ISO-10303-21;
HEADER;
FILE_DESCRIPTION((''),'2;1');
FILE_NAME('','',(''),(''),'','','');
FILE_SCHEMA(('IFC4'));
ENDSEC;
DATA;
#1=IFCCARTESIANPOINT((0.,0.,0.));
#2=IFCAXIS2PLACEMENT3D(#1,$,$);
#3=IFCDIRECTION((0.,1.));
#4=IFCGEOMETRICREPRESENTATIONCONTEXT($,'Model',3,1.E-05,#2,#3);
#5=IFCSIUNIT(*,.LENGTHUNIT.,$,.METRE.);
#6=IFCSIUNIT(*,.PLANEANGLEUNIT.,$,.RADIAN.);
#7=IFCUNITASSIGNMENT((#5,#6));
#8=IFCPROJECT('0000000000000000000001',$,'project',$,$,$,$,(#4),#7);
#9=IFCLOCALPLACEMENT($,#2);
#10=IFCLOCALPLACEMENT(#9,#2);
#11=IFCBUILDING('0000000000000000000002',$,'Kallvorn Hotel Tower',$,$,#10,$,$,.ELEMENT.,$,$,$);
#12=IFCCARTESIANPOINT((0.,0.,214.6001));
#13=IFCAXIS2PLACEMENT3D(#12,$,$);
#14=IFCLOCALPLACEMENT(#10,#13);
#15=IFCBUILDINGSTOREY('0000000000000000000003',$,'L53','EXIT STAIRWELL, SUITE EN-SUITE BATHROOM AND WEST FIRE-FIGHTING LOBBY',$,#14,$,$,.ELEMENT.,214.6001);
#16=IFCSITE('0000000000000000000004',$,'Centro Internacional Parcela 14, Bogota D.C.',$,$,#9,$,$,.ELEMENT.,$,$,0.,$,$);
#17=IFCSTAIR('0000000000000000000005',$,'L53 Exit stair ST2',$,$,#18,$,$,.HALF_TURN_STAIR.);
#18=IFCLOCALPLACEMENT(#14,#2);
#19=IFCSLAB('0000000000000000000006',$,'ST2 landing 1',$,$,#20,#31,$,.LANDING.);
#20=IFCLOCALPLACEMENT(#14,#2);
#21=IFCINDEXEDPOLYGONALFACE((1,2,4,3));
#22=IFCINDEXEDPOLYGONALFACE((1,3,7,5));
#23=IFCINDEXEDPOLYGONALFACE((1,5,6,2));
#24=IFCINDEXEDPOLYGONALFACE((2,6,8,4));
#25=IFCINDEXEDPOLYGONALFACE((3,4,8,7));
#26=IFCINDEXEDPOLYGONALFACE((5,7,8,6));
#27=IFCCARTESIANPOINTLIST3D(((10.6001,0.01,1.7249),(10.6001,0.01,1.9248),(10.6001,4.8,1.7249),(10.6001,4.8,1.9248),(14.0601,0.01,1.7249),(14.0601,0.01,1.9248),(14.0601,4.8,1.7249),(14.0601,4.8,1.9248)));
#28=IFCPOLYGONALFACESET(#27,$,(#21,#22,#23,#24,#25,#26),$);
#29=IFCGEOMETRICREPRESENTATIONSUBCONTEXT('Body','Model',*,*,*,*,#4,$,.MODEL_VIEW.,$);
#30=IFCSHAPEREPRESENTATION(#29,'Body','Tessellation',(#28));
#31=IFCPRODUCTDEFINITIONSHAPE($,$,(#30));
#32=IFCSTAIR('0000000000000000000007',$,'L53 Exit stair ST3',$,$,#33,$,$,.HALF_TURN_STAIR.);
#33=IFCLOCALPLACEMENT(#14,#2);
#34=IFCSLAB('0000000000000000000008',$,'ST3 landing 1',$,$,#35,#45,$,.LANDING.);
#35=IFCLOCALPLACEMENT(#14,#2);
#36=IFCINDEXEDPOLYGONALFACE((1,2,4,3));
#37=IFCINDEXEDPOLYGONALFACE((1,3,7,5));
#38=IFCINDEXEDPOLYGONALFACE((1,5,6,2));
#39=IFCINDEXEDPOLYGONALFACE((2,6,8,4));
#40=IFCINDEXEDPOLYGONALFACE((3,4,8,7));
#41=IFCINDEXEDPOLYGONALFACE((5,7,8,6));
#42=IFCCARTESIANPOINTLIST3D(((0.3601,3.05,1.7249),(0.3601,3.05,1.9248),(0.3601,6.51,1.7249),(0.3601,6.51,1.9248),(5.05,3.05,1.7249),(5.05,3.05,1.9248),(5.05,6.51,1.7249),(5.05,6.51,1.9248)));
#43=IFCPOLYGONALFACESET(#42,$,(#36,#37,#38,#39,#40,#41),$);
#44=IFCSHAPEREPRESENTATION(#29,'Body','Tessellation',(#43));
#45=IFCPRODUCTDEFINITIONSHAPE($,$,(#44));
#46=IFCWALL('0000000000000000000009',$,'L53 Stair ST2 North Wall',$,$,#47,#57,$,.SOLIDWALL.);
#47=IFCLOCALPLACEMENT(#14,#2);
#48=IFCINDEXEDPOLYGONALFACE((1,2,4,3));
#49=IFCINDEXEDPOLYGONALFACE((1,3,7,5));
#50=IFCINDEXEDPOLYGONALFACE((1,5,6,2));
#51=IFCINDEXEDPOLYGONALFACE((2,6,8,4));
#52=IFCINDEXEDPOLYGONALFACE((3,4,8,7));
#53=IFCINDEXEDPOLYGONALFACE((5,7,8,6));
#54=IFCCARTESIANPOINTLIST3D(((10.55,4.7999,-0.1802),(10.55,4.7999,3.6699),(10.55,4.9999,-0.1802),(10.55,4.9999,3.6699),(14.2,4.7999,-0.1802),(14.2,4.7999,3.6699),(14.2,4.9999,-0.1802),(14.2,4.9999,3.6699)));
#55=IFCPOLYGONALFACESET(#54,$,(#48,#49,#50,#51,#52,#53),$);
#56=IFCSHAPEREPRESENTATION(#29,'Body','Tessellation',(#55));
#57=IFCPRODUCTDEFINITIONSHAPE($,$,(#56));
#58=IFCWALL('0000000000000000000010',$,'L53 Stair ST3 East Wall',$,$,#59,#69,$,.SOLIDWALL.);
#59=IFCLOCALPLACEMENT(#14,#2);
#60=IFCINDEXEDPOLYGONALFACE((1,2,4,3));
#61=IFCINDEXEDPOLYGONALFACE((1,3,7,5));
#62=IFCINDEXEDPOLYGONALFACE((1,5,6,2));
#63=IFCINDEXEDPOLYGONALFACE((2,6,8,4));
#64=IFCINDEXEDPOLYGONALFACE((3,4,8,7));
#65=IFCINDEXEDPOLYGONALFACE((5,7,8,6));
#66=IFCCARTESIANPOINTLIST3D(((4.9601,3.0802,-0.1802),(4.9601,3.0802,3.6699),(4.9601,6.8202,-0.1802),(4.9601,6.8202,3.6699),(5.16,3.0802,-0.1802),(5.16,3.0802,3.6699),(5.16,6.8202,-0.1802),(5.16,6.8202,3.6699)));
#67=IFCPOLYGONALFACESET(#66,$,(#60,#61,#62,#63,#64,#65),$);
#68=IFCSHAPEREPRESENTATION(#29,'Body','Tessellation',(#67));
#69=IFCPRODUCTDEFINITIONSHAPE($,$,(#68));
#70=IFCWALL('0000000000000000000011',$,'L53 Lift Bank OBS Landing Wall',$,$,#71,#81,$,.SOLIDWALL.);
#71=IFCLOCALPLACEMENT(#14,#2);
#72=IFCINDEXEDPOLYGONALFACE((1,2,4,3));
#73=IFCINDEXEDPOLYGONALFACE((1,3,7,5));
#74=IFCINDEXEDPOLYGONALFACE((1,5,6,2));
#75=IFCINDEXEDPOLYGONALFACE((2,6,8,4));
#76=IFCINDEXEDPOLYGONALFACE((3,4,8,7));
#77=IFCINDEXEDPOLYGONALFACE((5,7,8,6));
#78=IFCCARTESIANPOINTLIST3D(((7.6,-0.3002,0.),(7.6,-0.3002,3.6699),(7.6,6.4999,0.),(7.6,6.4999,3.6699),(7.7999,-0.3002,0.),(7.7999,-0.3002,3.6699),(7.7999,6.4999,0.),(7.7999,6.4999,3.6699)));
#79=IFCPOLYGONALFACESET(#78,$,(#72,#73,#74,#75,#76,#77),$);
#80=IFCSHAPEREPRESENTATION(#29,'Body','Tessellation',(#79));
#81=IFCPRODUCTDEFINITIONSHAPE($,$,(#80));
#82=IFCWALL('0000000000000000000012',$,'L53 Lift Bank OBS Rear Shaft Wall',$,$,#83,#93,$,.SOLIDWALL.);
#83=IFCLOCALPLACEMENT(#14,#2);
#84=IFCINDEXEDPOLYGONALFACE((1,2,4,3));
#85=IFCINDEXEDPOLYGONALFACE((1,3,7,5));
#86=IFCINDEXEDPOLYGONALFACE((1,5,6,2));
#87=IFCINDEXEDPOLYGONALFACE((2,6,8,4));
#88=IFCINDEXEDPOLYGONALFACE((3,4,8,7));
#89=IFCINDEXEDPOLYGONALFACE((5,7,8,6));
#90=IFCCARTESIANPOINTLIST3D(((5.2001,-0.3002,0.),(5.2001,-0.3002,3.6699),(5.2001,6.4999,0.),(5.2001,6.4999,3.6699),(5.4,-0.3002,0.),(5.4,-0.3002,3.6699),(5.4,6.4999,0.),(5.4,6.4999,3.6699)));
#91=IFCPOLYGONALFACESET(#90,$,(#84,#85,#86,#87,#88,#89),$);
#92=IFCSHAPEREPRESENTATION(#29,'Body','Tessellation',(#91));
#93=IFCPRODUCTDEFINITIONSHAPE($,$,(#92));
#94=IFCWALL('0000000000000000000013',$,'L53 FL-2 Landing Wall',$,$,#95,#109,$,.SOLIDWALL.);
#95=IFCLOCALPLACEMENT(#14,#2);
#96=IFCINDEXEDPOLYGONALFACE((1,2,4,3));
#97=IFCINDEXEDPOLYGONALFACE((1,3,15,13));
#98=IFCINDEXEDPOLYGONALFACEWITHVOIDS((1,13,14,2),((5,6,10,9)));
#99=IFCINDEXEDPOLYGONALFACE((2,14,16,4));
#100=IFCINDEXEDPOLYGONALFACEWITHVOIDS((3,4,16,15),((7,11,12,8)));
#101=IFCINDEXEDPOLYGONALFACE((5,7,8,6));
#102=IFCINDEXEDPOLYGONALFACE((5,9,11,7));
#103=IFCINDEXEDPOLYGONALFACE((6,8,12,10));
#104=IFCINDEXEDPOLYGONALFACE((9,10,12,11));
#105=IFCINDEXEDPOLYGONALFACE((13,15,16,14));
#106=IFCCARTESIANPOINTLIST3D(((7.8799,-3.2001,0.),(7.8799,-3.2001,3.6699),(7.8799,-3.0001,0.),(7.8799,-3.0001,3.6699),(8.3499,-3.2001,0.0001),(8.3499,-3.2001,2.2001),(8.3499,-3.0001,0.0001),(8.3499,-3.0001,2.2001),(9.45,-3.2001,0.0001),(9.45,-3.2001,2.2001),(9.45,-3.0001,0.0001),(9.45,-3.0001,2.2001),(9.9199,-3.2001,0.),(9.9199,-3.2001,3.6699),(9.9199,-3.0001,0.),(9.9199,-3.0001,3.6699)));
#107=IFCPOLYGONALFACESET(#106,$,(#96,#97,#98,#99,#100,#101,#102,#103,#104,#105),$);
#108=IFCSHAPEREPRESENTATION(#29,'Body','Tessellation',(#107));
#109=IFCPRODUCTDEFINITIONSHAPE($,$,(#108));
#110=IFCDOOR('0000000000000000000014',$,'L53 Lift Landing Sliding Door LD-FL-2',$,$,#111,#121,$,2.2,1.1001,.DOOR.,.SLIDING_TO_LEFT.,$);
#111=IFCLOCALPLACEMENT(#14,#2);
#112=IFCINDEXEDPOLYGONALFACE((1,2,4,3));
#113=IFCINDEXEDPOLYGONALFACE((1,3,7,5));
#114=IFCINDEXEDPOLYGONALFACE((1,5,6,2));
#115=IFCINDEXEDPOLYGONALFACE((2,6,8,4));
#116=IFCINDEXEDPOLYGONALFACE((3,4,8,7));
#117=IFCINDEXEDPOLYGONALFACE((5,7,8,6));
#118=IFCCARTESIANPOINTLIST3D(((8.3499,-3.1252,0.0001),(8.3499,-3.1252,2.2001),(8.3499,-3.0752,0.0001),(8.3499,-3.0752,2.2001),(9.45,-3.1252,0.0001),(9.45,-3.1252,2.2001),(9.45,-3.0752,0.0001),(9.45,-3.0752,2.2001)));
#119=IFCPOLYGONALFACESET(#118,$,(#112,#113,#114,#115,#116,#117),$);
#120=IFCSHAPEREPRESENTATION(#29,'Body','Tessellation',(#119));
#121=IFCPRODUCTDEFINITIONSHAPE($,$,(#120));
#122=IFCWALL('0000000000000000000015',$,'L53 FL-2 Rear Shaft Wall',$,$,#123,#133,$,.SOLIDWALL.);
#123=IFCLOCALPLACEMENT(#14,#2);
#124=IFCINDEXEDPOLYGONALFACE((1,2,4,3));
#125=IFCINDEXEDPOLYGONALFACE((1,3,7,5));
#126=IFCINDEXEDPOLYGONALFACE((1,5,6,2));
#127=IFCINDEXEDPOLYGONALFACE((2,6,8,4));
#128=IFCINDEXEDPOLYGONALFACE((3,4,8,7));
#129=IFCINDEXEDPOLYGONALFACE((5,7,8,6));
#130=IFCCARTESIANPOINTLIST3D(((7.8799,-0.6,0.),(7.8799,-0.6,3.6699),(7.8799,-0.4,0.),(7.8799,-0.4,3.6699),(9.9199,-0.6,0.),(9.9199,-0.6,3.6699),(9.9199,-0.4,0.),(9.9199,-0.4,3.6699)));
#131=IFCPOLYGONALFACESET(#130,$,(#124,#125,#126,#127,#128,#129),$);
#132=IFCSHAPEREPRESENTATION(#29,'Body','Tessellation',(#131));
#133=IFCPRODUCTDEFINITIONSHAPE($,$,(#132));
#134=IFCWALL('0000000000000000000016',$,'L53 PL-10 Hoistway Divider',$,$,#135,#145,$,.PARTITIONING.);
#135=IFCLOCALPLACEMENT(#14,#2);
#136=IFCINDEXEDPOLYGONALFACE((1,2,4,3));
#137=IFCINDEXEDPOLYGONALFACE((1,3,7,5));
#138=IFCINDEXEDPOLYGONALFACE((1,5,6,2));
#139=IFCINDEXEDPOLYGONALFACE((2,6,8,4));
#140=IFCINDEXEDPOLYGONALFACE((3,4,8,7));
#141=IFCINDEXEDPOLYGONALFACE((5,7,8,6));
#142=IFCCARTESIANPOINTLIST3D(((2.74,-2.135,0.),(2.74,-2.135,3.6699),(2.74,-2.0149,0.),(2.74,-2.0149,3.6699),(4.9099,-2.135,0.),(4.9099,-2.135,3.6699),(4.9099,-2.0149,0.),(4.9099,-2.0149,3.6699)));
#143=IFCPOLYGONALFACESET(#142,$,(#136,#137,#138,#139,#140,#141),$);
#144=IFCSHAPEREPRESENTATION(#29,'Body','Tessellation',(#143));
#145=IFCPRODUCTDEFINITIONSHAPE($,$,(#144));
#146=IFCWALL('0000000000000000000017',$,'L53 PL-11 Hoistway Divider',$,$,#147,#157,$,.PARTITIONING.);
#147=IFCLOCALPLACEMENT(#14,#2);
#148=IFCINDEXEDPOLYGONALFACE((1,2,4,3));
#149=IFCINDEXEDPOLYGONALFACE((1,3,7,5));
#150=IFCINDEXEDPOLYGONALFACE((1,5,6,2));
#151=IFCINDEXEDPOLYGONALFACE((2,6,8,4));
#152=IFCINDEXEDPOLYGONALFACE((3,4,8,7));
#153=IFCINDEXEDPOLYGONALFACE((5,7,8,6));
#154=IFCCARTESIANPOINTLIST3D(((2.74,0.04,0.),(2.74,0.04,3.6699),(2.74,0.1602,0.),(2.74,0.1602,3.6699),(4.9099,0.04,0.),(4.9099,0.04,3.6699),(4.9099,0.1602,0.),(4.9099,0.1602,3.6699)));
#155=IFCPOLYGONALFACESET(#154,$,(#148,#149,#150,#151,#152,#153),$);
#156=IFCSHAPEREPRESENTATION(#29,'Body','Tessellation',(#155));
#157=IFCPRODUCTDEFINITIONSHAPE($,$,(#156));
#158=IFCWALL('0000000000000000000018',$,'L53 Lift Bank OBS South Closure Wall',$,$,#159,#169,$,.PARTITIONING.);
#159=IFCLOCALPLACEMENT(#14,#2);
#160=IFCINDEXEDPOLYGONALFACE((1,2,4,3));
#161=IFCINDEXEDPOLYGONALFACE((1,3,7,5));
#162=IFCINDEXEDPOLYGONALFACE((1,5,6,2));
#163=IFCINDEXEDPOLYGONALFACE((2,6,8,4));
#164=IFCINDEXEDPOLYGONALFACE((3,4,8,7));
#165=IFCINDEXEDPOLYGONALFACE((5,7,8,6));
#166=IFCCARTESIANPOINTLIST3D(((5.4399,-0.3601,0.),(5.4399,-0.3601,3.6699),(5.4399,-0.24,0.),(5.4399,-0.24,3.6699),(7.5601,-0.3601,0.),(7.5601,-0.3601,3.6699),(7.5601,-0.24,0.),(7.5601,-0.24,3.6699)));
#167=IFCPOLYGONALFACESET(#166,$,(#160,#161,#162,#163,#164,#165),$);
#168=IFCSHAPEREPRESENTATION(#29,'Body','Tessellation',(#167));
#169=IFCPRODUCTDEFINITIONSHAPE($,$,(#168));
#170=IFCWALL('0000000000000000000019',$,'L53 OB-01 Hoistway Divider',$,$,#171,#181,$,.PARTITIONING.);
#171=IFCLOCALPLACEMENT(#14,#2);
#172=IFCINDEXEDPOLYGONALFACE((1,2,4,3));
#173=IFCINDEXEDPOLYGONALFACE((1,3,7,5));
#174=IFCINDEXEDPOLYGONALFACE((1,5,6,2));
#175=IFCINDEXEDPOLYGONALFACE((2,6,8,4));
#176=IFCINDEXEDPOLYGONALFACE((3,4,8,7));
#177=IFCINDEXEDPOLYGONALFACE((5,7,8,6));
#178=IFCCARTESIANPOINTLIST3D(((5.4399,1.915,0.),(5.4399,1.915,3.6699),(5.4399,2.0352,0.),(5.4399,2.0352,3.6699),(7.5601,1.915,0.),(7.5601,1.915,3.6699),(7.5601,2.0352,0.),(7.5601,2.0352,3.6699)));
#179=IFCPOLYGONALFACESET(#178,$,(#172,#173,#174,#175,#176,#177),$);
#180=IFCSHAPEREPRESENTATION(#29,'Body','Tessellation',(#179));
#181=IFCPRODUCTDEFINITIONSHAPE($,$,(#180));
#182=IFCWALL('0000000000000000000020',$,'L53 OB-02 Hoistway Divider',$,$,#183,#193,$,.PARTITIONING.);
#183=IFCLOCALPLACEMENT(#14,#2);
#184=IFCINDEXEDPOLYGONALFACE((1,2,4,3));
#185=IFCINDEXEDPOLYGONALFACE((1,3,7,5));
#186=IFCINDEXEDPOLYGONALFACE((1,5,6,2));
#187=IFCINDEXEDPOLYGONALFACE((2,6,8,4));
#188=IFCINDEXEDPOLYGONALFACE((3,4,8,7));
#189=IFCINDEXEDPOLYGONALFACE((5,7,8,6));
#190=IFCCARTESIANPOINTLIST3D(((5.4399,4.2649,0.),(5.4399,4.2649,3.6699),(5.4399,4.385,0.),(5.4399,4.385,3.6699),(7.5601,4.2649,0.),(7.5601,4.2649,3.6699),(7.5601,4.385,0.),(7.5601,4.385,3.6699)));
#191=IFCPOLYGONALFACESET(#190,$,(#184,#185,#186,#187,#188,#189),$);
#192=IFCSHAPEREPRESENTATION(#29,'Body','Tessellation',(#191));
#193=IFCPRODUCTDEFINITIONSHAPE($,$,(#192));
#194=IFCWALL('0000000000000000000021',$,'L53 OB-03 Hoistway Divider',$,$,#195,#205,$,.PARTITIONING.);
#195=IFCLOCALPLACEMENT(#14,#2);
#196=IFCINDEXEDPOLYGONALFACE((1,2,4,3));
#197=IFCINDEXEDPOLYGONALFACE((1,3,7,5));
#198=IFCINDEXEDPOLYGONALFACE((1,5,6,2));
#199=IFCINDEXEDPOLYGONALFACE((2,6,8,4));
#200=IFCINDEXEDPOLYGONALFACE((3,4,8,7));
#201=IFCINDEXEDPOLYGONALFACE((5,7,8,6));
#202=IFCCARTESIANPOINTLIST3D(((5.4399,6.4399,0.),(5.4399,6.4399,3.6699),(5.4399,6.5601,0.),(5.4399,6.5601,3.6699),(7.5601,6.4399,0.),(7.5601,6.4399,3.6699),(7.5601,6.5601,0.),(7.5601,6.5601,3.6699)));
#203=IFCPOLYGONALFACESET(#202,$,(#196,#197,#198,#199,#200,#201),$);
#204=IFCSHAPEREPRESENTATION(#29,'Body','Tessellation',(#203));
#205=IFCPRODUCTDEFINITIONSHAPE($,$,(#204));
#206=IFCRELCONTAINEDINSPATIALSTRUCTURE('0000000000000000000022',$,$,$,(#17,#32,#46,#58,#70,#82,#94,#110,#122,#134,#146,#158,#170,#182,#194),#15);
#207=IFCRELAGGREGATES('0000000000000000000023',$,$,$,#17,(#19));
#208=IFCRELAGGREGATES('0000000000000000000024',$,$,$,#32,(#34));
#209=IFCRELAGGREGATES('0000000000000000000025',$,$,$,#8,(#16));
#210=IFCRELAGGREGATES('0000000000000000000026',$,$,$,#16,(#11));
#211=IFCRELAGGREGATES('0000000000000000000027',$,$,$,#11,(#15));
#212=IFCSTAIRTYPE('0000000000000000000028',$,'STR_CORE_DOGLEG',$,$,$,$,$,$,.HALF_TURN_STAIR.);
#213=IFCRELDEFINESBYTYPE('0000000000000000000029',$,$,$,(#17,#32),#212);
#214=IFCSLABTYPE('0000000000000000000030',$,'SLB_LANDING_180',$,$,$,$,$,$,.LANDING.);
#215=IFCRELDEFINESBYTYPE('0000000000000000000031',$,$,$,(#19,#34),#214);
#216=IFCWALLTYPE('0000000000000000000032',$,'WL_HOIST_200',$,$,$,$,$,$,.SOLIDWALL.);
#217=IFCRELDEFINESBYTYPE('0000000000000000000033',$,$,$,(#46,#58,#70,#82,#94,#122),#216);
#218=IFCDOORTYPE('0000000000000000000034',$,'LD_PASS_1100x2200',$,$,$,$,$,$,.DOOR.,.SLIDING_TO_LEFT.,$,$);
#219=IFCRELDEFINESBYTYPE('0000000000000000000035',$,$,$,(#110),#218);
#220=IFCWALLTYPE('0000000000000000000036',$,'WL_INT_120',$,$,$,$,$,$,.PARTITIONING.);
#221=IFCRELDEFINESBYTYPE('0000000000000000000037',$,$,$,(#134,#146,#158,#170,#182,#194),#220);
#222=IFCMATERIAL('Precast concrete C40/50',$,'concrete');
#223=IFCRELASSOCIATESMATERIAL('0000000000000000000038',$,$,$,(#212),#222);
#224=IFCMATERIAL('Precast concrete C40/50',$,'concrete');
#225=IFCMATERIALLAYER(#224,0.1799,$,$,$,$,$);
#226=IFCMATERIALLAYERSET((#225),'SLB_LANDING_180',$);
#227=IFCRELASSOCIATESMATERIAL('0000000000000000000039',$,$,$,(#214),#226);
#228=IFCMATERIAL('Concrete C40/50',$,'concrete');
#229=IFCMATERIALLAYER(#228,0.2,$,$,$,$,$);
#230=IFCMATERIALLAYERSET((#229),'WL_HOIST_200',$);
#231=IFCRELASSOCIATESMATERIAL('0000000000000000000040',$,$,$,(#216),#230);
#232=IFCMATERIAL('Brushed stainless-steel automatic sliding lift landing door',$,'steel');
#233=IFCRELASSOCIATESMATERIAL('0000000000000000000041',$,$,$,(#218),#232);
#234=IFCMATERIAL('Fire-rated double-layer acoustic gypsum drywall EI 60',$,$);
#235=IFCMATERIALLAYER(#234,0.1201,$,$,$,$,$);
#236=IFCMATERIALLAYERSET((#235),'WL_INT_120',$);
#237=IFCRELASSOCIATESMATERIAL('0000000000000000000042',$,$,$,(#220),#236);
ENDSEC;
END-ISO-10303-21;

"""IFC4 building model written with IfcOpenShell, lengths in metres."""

from ifc_helpers import new_model, si_unit, direction, frame, frame_2d, origin, place, context, subcontext, project, spatial, polyline, rectangle, outline, extrude, material, layer, layer_set, type_object, element, fill, aggregate, save


model = new_model("IFC4")

# Units and contexts
model_context = context("Model", 3, precision=1e-05, world=origin(), true_north=direction((0.0, 1.0)))
body_context = subcontext(model_context, "Body", "Model", "MODEL_VIEW")
ifc_project = project(units=[si_unit("LENGTHUNIT", "METRE"), si_unit("PLANEANGLEUNIT", "RADIAN")], contexts=[model_context])

# Site, building, storey
site_placement = place(None, origin())
site = spatial("IfcSite", under=ifc_project, at=site_placement, Name="Centro Internacional Parcela 14, Bogota D.C.", CompositionType="ELEMENT", RefElevation=0.0)
building_placement = place(site_placement, origin())
building = spatial("IfcBuilding", under=site, at=building_placement, Name="Kallvorn Hotel Tower", CompositionType="ELEMENT")
storey_placement = place(building_placement, frame((0.0, 0.0, 214.6001)))
storey = spatial("IfcBuildingStorey", under=building, at=storey_placement, Name="L53", Description="EXIT STAIRWELL, SUITE EN-SUITE BATHROOM AND WEST FIRE-FIGHTING LOBBY", CompositionType="ELEMENT", Elevation=214.6001)

# Stairs, slabs
ifc_material_1 = material(Name="Precast concrete C40/50", Category="concrete")
stair_type = type_object("IfcStairType", Name="STR_CORE_DOGLEG", PredefinedType="HALF_TURN_STAIR", material=ifc_material_1)
stair_1_placement = place(storey_placement, origin())
stair_1 = element("IfcStair", 1, at=stair_1_placement, inside=storey, type_object=stair_type, Name="L53 Exit stair ST2", PredefinedType="HALF_TURN_STAIR")
ifc_material_2 = material(Name="Precast concrete C40/50", Category="concrete")
ifc_layer_1 = layer(ifc_material_2, 0.1799)
ifc_layer_set_1 = layer_set([ifc_layer_1], Name="SLB_LANDING_180")
slab_type = type_object("IfcSlabType", Name="SLB_LANDING_180", PredefinedType="LANDING", material=ifc_layer_set_1)
slab_1_placement = place(storey_placement, frame((0.0, 0.0, 1.7249)))
slab_1 = element("IfcSlab", 2, at=slab_1_placement, type_object=slab_type, Name="ST2 landing 1", PredefinedType="LANDING", context=body_context, shape_type="SweptSolid", body=[
    extrude(outline(polyline([(14.0601, 0.01), (14.0601, 4.8), (10.6001, 4.8), (10.6001, 0.01), (14.0601, 0.01)])), origin(), (0.0, 0.0, 1.0), 0.2),
])
stair_2_placement = place(storey_placement, origin())
stair_2 = element("IfcStair", 3, at=stair_2_placement, inside=storey, type_object=stair_type, Name="L53 Exit stair ST3", PredefinedType="HALF_TURN_STAIR")
slab_2_placement = place(storey_placement, frame((0.0, 0.0, 1.7249)))
slab_2 = element("IfcSlab", 4, at=slab_2_placement, type_object=slab_type, Name="ST3 landing 1", PredefinedType="LANDING", context=body_context, shape_type="SweptSolid", body=[
    extrude(outline(polyline([(0.3601, 3.05), (5.05, 3.05), (5.05, 6.51), (0.3601, 6.51), (0.3601, 3.05)])), origin(), (0.0, 0.0, 1.0), 0.2),
])

# Walls
ifc_material_3 = material(Name="Concrete C40/50", Category="concrete")
ifc_layer_2 = layer(ifc_material_3, 0.2)
ifc_layer_set_2 = layer_set([ifc_layer_2], Name="WL_HOIST_200")
wall_type_1 = type_object("IfcWallType", Name="WL_HOIST_200", PredefinedType="SOLIDWALL", material=ifc_layer_set_2)
wall_1_placement = place(storey_placement, frame((10.55, 4.8999, -0.1802), z_axis=(0.0, 0.0, 1.0), x_axis=(1.0, 0.0, 0.0)))
element("IfcWall", 5, at=wall_1_placement, inside=storey, type_object=wall_type_1, Name="L53 Stair ST2 North Wall", PredefinedType="SOLIDWALL", context=body_context, shape_type="SweptSolid", body=[
    extrude(rectangle(XDim=3.6499, YDim=0.2, at=frame_2d((1.825, 0.0))), origin(), (0.0, 0.0, 1.0), 3.8501),
])
wall_2_placement = place(storey_placement, frame((5.0601, 3.0801, -0.1802), z_axis=(0.0, 0.0, 1.0), x_axis=(0.0, 1.0, 0.0)))
element("IfcWall", 6, at=wall_2_placement, inside=storey, type_object=wall_type_1, Name="L53 Stair ST3 East Wall", PredefinedType="SOLIDWALL", context=body_context, shape_type="SweptSolid", body=[
    extrude(rectangle(XDim=3.74, YDim=0.2, at=frame_2d((1.8701, 0.0))), origin(), (0.0, 0.0, 1.0), 3.8501),
])
for number, where, z_axis, x_axis, name in (
    (7, (7.7, -0.3, 0.0), (0.0, 0.0, 1.0), (0.0, 1.0, 0.0), "L53 Lift Bank OBS Landing Wall"),
    (8, (5.3, -0.3, 0.0), (0.0, 0.0, 1.0), (0.0, 1.0, 0.0), "L53 Lift Bank OBS Rear Shaft Wall"),
):
    element("IfcWall", number, at=place(storey_placement, frame(where, z_axis=z_axis, x_axis=x_axis)), inside=storey, type_object=wall_type_1, Name=name, PredefinedType="SOLIDWALL", context=body_context, shape_type="SweptSolid", body=[
        extrude(rectangle(XDim=6.8, YDim=0.2, at=frame_2d((3.3999, 0.0))), origin(), (0.0, 0.0, 1.0), 3.6699),
    ])

# Wall, opening, door
wall_3_placement = place(storey_placement, frame((7.8799, -3.1001, 0.0), z_axis=(0.0, 0.0, 1.0), x_axis=(1.0, 0.0, 0.0)))
wall_3 = element("IfcWall", 9, at=wall_3_placement, inside=storey, type_object=wall_type_1, Name="L53 FL-2 Landing Wall", PredefinedType="SOLIDWALL", context=body_context, shape_type="SweptSolid", body=[
    extrude(rectangle(XDim=2.04, YDim=0.2, at=frame_2d((1.02, 0.0))), origin(), (0.0, 0.0, 1.0), 3.6699),
])
opening_1_placement = place(wall_3_placement, frame((0.47, 0.0, 0.0)))
opening_1 = element("IfcOpeningElement", 10, at=opening_1_placement, cuts=wall_3, PredefinedType="OPENING", context=body_context, shape_type="SweptSolid", body=[
    extrude(rectangle(XDim=1.1001, YDim=2.2, at=frame_2d((0.55, 1.1001))), frame((0.0, 0.115, 0.0), z_axis=(0.0, -1.0, 0.0), x_axis=(1.0, 0.0, 0.0)), (0.0, 0.0, 1.0), 0.23),
])
ifc_material_4 = material(Name="Brushed stainless-steel automatic sliding lift landing door", Category="steel")
door_type_1 = type_object("IfcDoorType", Name="LD_PASS_1100x2200", OperationType="SLIDING_TO_LEFT", PredefinedType="DOOR", material=ifc_material_4)
door_1_placement = place(opening_1_placement, origin())
door_1 = element("IfcDoor", 11, at=door_1_placement, inside=storey, type_object=door_type_1, Name="L53 Lift Landing Sliding Door LD-FL-2", OperationType="SLIDING_TO_LEFT", OverallHeight=2.2, OverallWidth=1.1001, PredefinedType="DOOR", context=body_context, shape_type="SweptSolid", body=[
    extrude(rectangle(XDim=1.1001, YDim=2.2, at=frame_2d((0.55, 1.1001))), frame((0.0, 0.0249, 0.0), z_axis=(0.0, -1.0, 0.0), x_axis=(1.0, 0.0, 0.0)), (0.0, 0.0, 1.0), 0.05),
])
fill(opening_1, door_1)

# Walls
wall_4_placement = place(storey_placement, frame((7.8799, -0.5, 0.0), z_axis=(0.0, 0.0, 1.0), x_axis=(1.0, 0.0, 0.0)))
element("IfcWall", 12, at=wall_4_placement, inside=storey, type_object=wall_type_1, Name="L53 FL-2 Rear Shaft Wall", PredefinedType="SOLIDWALL", context=body_context, shape_type="SweptSolid", body=[
    extrude(rectangle(XDim=2.04, YDim=0.2, at=frame_2d((1.02, 0.0))), origin(), (0.0, 0.0, 1.0), 3.6699),
])
ifc_material_5 = material(Name="Fire-rated double-layer acoustic gypsum drywall EI 60")
ifc_layer_3 = layer(ifc_material_5, 0.1201)
ifc_layer_set_3 = layer_set([ifc_layer_3], Name="WL_INT_120")
wall_type_2 = type_object("IfcWallType", Name="WL_INT_120", PredefinedType="PARTITIONING", material=ifc_layer_set_3)
for number, where, z_axis, x_axis, name in (
    (13, (2.74, -2.075, 0.0), (0.0, 0.0, 1.0), (1.0, 0.0, 0.0), "L53 PL-10 Hoistway Divider"),
    (14, (2.74, 0.1001, 0.0), (0.0, 0.0, 1.0), (1.0, 0.0, 0.0), "L53 PL-11 Hoistway Divider"),
):
    element("IfcWall", number, at=place(storey_placement, frame(where, z_axis=z_axis, x_axis=x_axis)), inside=storey, type_object=wall_type_2, Name=name, PredefinedType="PARTITIONING", context=body_context, shape_type="SweptSolid", body=[
        extrude(rectangle(XDim=2.1699, YDim=0.1201, at=frame_2d((1.085, 0.0))), origin(), (0.0, 0.0, 1.0), 3.6699),
    ])
for number, where, z_axis, x_axis, name in (
    (15, (5.4399, -0.3, 0.0), (0.0, 0.0, 1.0), (1.0, 0.0, 0.0), "L53 Lift Bank OBS South Closure Wall"),
    (16, (5.4399, 1.9751, 0.0), (0.0, 0.0, 1.0), (1.0, 0.0, 0.0), "L53 OB-01 Hoistway Divider"),
    (17, (5.4399, 4.325, 0.0), (0.0, 0.0, 1.0), (1.0, 0.0, 0.0), "L53 OB-02 Hoistway Divider"),
    (18, (5.4399, 6.5, 0.0), (0.0, 0.0, 1.0), (1.0, 0.0, 0.0), "L53 OB-03 Hoistway Divider"),
):
    element("IfcWall", number, at=place(storey_placement, frame(where, z_axis=z_axis, x_axis=x_axis)), inside=storey, type_object=wall_type_2, Name=name, PredefinedType="PARTITIONING", context=body_context, shape_type="SweptSolid", body=[
        extrude(rectangle(XDim=2.1201, YDim=0.1201, at=frame_2d((1.0601, 0.0))), origin(), (0.0, 0.0, 1.0), 3.6699),
    ])

aggregate(stair_1, [slab_1])
aggregate(stair_2, [slab_2])

save(model, "model.ifc")
